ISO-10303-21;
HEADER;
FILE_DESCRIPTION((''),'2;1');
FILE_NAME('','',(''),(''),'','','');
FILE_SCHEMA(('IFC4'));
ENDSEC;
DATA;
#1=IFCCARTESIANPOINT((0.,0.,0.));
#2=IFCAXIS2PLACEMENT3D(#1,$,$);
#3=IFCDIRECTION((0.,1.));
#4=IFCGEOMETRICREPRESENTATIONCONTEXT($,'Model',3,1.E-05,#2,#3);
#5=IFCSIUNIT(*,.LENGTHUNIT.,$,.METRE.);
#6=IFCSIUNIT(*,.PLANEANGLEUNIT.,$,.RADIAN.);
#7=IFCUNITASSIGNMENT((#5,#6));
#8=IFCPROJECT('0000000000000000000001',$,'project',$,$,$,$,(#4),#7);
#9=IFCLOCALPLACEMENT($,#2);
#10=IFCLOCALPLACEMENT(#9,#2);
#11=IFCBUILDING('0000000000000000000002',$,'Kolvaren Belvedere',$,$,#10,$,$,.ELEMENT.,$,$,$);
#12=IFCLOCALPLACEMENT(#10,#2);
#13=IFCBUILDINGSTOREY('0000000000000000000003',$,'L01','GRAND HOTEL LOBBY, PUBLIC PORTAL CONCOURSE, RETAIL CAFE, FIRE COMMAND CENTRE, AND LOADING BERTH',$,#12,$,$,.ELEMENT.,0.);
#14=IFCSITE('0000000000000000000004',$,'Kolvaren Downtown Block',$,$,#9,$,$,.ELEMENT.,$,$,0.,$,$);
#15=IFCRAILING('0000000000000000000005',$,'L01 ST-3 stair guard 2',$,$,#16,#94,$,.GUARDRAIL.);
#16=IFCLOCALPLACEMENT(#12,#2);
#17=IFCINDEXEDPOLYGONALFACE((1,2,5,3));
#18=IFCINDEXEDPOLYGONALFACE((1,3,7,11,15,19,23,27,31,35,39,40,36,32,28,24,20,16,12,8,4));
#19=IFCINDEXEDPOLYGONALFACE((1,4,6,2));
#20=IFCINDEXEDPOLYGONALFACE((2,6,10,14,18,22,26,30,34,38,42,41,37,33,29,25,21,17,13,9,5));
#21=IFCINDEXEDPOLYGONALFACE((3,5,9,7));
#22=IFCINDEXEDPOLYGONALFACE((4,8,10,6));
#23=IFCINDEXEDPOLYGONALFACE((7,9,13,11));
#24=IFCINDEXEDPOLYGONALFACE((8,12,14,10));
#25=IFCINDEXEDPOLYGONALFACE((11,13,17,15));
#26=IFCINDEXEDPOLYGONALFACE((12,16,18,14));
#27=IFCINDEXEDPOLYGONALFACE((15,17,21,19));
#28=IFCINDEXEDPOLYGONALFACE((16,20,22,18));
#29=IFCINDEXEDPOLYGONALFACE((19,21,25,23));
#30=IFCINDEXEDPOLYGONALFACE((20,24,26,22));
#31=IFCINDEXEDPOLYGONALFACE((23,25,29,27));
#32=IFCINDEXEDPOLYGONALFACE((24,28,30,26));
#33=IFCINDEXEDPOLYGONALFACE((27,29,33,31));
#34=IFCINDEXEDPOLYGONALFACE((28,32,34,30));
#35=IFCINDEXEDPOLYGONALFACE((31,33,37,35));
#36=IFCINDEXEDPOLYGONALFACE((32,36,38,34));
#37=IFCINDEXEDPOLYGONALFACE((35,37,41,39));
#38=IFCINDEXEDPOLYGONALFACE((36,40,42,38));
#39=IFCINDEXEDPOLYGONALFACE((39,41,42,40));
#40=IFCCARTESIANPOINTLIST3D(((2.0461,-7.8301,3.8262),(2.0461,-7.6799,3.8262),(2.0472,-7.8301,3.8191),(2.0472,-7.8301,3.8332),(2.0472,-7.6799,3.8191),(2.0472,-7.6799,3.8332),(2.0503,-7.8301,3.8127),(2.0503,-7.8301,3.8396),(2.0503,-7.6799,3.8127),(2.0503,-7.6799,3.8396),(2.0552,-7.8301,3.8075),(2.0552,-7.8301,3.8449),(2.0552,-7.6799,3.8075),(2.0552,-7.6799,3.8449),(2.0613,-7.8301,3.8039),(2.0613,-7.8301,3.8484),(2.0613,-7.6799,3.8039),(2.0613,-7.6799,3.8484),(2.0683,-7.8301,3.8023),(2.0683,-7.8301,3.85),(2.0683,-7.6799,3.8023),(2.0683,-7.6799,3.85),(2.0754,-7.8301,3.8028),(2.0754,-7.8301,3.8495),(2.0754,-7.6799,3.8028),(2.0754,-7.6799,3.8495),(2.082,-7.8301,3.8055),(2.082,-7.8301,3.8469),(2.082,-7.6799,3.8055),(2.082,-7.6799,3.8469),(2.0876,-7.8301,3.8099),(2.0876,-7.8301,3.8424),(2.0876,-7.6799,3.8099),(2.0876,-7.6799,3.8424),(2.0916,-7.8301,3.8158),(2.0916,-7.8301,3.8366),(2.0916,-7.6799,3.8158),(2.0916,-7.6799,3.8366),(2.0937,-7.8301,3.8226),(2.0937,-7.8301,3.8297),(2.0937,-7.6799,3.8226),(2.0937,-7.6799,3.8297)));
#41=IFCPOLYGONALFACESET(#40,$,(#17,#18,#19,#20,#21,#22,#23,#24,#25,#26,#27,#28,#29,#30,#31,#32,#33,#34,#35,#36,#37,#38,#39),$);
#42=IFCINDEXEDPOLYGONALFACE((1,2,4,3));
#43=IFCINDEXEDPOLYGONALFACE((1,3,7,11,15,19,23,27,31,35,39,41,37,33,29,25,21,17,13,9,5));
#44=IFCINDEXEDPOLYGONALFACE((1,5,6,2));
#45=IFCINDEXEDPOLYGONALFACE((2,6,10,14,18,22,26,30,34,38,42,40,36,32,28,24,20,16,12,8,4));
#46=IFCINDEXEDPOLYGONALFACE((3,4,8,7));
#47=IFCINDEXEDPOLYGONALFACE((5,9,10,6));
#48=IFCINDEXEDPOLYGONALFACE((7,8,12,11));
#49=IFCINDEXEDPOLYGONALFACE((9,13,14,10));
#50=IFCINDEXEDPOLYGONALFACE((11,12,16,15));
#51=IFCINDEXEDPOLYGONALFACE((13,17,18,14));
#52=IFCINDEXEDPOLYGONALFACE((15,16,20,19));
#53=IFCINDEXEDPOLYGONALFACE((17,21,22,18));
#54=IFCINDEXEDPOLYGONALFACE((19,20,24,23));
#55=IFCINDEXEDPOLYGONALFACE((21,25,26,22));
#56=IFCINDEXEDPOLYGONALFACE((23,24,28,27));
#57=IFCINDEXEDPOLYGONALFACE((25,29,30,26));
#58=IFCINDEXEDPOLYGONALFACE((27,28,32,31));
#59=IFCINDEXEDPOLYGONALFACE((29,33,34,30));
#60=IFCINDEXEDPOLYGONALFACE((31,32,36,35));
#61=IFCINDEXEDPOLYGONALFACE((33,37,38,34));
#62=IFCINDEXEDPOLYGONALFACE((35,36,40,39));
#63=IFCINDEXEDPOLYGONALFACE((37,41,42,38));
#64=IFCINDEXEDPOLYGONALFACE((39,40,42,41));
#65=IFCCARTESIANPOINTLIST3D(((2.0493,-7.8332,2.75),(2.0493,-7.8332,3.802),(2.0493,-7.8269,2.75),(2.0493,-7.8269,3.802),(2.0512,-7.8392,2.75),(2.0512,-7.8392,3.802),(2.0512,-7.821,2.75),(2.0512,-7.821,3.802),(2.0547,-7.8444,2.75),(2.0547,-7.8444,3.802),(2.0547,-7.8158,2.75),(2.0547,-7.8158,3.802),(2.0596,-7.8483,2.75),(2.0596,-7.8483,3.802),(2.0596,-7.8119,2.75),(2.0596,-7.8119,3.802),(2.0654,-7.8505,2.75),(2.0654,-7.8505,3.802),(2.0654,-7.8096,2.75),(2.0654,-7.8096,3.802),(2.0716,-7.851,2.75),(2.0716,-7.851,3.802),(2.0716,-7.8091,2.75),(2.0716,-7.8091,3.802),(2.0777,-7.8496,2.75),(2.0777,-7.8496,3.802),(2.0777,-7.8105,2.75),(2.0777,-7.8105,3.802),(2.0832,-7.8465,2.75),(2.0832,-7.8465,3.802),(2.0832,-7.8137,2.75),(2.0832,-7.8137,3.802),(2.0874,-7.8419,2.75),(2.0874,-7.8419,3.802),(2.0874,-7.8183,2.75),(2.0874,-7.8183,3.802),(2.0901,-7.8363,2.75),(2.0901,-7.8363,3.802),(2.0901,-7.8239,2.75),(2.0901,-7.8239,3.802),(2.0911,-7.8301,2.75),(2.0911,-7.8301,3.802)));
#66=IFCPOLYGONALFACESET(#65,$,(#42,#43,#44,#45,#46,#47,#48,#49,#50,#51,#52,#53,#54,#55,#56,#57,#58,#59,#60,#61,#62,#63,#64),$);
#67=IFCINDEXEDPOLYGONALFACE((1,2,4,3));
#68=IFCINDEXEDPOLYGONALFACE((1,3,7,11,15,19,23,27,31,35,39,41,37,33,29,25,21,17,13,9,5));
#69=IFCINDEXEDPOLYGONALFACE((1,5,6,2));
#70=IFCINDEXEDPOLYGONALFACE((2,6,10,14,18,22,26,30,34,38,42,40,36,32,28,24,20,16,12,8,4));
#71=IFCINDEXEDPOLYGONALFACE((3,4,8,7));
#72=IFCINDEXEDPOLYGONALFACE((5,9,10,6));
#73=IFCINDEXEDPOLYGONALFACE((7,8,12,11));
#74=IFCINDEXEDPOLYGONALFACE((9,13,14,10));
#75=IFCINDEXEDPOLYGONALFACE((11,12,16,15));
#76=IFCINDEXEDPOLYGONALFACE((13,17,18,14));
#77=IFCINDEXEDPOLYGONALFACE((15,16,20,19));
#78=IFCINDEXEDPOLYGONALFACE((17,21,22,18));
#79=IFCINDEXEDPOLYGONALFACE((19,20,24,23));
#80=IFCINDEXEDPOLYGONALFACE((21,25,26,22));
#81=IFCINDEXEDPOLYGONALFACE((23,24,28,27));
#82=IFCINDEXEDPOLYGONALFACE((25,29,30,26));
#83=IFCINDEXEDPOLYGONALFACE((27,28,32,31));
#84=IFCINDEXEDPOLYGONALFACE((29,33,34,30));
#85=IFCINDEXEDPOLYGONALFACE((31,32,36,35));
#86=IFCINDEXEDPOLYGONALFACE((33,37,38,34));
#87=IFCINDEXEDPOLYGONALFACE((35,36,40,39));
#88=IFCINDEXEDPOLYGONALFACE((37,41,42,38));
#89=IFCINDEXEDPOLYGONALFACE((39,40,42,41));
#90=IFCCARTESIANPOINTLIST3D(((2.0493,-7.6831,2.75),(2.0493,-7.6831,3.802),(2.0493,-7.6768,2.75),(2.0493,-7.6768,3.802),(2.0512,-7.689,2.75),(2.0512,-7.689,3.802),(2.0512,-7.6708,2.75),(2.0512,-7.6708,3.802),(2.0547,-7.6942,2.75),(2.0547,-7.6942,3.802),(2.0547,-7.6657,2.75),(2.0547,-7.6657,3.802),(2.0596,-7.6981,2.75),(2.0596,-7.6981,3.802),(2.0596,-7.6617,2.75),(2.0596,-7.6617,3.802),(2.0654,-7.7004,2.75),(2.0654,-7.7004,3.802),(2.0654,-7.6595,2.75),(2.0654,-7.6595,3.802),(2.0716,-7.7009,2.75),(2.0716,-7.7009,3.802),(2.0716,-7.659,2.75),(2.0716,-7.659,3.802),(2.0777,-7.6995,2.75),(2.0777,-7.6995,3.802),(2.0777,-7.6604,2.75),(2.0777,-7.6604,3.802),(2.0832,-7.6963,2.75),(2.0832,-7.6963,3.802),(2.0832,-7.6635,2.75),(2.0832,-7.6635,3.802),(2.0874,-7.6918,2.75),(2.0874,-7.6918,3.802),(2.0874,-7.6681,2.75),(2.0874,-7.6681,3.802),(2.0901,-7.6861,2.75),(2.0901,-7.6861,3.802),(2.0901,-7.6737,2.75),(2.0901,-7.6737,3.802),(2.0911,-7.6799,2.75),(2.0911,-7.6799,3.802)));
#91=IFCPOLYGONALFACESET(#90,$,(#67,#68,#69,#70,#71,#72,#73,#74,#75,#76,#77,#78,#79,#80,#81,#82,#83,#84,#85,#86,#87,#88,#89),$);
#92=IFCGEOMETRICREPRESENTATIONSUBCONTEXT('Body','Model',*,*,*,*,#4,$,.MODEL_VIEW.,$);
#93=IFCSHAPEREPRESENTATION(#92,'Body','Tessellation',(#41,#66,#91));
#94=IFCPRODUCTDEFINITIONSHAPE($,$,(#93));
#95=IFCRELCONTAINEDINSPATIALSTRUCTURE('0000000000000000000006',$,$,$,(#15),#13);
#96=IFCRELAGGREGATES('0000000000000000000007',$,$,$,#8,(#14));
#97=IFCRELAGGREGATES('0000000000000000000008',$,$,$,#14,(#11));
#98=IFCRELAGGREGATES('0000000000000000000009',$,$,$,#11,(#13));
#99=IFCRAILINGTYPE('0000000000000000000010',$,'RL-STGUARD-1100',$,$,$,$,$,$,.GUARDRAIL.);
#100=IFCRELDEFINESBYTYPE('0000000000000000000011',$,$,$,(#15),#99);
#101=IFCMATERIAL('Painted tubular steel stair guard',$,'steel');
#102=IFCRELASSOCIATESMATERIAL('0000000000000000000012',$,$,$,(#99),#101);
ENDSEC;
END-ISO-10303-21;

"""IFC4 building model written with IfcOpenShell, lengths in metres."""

from ifc_helpers import new_model, si_unit, direction, frame, origin, origin_2d, place, context, subcontext, project, spatial, circle, extrude, material, type_object, element, save


model = new_model("IFC4")

# Units and contexts
model_context = context("Model", 3, precision=1e-05, world=origin(), true_north=direction((0.0, 1.0)))
body_context = subcontext(model_context, "Body", "Model", "MODEL_VIEW")
ifc_project = project(units=[si_unit("LENGTHUNIT", "METRE"), si_unit("PLANEANGLEUNIT", "RADIAN")], contexts=[model_context])

# Site, building, storey
site_placement = place(None, origin())
site = spatial("IfcSite", under=ifc_project, at=site_placement, Name="Kolvaren Downtown Block", CompositionType="ELEMENT", RefElevation=0.0)
building_placement = place(site_placement, origin())
building = spatial("IfcBuilding", under=site, at=building_placement, Name="Kolvaren Belvedere", CompositionType="ELEMENT")
storey_placement = place(building_placement, origin())
storey = spatial("IfcBuildingStorey", under=building, at=storey_placement, Name="L01", Description="GRAND HOTEL LOBBY, PUBLIC PORTAL CONCOURSE, RETAIL CAFE, FIRE COMMAND CENTRE, AND LOADING BERTH", CompositionType="ELEMENT", Elevation=0.0)

# Railing
ifc_material_1 = material(Name="Painted tubular steel stair guard", Category="steel")
railing_type_1 = type_object("IfcRailingType", Name="RL-STGUARD-1100", PredefinedType="GUARDRAIL", material=ifc_material_1)
railing_1_placement = place(storey_placement, frame((2.0701, -7.8301, 2.75)))
element("IfcRailing", 1, at=railing_1_placement, inside=storey, type_object=railing_type_1, Name="L01 ST-3 stair guard 2", PredefinedType="GUARDRAIL", context=body_context, shape_type="SweptSolid", body=[
    extrude(circle(Radius=0.0239, at=origin_2d()), frame((0.0, 0.0, 1.0762), z_axis=(0.0, 1.0, 0.0), x_axis=(-1.0, 0.0, 0.0)), (0.0, 0.0, 1.0), 0.1501),
    extrude(circle(Radius=0.021, at=origin_2d()), origin(), (0.0, 0.0, 1.0), 1.052),
    extrude(circle(Radius=0.021, at=origin_2d()), frame((0.0, 0.1501, 0.0)), (0.0, 0.0, 1.0), 1.052),
])

save(model, "model.ifc")
